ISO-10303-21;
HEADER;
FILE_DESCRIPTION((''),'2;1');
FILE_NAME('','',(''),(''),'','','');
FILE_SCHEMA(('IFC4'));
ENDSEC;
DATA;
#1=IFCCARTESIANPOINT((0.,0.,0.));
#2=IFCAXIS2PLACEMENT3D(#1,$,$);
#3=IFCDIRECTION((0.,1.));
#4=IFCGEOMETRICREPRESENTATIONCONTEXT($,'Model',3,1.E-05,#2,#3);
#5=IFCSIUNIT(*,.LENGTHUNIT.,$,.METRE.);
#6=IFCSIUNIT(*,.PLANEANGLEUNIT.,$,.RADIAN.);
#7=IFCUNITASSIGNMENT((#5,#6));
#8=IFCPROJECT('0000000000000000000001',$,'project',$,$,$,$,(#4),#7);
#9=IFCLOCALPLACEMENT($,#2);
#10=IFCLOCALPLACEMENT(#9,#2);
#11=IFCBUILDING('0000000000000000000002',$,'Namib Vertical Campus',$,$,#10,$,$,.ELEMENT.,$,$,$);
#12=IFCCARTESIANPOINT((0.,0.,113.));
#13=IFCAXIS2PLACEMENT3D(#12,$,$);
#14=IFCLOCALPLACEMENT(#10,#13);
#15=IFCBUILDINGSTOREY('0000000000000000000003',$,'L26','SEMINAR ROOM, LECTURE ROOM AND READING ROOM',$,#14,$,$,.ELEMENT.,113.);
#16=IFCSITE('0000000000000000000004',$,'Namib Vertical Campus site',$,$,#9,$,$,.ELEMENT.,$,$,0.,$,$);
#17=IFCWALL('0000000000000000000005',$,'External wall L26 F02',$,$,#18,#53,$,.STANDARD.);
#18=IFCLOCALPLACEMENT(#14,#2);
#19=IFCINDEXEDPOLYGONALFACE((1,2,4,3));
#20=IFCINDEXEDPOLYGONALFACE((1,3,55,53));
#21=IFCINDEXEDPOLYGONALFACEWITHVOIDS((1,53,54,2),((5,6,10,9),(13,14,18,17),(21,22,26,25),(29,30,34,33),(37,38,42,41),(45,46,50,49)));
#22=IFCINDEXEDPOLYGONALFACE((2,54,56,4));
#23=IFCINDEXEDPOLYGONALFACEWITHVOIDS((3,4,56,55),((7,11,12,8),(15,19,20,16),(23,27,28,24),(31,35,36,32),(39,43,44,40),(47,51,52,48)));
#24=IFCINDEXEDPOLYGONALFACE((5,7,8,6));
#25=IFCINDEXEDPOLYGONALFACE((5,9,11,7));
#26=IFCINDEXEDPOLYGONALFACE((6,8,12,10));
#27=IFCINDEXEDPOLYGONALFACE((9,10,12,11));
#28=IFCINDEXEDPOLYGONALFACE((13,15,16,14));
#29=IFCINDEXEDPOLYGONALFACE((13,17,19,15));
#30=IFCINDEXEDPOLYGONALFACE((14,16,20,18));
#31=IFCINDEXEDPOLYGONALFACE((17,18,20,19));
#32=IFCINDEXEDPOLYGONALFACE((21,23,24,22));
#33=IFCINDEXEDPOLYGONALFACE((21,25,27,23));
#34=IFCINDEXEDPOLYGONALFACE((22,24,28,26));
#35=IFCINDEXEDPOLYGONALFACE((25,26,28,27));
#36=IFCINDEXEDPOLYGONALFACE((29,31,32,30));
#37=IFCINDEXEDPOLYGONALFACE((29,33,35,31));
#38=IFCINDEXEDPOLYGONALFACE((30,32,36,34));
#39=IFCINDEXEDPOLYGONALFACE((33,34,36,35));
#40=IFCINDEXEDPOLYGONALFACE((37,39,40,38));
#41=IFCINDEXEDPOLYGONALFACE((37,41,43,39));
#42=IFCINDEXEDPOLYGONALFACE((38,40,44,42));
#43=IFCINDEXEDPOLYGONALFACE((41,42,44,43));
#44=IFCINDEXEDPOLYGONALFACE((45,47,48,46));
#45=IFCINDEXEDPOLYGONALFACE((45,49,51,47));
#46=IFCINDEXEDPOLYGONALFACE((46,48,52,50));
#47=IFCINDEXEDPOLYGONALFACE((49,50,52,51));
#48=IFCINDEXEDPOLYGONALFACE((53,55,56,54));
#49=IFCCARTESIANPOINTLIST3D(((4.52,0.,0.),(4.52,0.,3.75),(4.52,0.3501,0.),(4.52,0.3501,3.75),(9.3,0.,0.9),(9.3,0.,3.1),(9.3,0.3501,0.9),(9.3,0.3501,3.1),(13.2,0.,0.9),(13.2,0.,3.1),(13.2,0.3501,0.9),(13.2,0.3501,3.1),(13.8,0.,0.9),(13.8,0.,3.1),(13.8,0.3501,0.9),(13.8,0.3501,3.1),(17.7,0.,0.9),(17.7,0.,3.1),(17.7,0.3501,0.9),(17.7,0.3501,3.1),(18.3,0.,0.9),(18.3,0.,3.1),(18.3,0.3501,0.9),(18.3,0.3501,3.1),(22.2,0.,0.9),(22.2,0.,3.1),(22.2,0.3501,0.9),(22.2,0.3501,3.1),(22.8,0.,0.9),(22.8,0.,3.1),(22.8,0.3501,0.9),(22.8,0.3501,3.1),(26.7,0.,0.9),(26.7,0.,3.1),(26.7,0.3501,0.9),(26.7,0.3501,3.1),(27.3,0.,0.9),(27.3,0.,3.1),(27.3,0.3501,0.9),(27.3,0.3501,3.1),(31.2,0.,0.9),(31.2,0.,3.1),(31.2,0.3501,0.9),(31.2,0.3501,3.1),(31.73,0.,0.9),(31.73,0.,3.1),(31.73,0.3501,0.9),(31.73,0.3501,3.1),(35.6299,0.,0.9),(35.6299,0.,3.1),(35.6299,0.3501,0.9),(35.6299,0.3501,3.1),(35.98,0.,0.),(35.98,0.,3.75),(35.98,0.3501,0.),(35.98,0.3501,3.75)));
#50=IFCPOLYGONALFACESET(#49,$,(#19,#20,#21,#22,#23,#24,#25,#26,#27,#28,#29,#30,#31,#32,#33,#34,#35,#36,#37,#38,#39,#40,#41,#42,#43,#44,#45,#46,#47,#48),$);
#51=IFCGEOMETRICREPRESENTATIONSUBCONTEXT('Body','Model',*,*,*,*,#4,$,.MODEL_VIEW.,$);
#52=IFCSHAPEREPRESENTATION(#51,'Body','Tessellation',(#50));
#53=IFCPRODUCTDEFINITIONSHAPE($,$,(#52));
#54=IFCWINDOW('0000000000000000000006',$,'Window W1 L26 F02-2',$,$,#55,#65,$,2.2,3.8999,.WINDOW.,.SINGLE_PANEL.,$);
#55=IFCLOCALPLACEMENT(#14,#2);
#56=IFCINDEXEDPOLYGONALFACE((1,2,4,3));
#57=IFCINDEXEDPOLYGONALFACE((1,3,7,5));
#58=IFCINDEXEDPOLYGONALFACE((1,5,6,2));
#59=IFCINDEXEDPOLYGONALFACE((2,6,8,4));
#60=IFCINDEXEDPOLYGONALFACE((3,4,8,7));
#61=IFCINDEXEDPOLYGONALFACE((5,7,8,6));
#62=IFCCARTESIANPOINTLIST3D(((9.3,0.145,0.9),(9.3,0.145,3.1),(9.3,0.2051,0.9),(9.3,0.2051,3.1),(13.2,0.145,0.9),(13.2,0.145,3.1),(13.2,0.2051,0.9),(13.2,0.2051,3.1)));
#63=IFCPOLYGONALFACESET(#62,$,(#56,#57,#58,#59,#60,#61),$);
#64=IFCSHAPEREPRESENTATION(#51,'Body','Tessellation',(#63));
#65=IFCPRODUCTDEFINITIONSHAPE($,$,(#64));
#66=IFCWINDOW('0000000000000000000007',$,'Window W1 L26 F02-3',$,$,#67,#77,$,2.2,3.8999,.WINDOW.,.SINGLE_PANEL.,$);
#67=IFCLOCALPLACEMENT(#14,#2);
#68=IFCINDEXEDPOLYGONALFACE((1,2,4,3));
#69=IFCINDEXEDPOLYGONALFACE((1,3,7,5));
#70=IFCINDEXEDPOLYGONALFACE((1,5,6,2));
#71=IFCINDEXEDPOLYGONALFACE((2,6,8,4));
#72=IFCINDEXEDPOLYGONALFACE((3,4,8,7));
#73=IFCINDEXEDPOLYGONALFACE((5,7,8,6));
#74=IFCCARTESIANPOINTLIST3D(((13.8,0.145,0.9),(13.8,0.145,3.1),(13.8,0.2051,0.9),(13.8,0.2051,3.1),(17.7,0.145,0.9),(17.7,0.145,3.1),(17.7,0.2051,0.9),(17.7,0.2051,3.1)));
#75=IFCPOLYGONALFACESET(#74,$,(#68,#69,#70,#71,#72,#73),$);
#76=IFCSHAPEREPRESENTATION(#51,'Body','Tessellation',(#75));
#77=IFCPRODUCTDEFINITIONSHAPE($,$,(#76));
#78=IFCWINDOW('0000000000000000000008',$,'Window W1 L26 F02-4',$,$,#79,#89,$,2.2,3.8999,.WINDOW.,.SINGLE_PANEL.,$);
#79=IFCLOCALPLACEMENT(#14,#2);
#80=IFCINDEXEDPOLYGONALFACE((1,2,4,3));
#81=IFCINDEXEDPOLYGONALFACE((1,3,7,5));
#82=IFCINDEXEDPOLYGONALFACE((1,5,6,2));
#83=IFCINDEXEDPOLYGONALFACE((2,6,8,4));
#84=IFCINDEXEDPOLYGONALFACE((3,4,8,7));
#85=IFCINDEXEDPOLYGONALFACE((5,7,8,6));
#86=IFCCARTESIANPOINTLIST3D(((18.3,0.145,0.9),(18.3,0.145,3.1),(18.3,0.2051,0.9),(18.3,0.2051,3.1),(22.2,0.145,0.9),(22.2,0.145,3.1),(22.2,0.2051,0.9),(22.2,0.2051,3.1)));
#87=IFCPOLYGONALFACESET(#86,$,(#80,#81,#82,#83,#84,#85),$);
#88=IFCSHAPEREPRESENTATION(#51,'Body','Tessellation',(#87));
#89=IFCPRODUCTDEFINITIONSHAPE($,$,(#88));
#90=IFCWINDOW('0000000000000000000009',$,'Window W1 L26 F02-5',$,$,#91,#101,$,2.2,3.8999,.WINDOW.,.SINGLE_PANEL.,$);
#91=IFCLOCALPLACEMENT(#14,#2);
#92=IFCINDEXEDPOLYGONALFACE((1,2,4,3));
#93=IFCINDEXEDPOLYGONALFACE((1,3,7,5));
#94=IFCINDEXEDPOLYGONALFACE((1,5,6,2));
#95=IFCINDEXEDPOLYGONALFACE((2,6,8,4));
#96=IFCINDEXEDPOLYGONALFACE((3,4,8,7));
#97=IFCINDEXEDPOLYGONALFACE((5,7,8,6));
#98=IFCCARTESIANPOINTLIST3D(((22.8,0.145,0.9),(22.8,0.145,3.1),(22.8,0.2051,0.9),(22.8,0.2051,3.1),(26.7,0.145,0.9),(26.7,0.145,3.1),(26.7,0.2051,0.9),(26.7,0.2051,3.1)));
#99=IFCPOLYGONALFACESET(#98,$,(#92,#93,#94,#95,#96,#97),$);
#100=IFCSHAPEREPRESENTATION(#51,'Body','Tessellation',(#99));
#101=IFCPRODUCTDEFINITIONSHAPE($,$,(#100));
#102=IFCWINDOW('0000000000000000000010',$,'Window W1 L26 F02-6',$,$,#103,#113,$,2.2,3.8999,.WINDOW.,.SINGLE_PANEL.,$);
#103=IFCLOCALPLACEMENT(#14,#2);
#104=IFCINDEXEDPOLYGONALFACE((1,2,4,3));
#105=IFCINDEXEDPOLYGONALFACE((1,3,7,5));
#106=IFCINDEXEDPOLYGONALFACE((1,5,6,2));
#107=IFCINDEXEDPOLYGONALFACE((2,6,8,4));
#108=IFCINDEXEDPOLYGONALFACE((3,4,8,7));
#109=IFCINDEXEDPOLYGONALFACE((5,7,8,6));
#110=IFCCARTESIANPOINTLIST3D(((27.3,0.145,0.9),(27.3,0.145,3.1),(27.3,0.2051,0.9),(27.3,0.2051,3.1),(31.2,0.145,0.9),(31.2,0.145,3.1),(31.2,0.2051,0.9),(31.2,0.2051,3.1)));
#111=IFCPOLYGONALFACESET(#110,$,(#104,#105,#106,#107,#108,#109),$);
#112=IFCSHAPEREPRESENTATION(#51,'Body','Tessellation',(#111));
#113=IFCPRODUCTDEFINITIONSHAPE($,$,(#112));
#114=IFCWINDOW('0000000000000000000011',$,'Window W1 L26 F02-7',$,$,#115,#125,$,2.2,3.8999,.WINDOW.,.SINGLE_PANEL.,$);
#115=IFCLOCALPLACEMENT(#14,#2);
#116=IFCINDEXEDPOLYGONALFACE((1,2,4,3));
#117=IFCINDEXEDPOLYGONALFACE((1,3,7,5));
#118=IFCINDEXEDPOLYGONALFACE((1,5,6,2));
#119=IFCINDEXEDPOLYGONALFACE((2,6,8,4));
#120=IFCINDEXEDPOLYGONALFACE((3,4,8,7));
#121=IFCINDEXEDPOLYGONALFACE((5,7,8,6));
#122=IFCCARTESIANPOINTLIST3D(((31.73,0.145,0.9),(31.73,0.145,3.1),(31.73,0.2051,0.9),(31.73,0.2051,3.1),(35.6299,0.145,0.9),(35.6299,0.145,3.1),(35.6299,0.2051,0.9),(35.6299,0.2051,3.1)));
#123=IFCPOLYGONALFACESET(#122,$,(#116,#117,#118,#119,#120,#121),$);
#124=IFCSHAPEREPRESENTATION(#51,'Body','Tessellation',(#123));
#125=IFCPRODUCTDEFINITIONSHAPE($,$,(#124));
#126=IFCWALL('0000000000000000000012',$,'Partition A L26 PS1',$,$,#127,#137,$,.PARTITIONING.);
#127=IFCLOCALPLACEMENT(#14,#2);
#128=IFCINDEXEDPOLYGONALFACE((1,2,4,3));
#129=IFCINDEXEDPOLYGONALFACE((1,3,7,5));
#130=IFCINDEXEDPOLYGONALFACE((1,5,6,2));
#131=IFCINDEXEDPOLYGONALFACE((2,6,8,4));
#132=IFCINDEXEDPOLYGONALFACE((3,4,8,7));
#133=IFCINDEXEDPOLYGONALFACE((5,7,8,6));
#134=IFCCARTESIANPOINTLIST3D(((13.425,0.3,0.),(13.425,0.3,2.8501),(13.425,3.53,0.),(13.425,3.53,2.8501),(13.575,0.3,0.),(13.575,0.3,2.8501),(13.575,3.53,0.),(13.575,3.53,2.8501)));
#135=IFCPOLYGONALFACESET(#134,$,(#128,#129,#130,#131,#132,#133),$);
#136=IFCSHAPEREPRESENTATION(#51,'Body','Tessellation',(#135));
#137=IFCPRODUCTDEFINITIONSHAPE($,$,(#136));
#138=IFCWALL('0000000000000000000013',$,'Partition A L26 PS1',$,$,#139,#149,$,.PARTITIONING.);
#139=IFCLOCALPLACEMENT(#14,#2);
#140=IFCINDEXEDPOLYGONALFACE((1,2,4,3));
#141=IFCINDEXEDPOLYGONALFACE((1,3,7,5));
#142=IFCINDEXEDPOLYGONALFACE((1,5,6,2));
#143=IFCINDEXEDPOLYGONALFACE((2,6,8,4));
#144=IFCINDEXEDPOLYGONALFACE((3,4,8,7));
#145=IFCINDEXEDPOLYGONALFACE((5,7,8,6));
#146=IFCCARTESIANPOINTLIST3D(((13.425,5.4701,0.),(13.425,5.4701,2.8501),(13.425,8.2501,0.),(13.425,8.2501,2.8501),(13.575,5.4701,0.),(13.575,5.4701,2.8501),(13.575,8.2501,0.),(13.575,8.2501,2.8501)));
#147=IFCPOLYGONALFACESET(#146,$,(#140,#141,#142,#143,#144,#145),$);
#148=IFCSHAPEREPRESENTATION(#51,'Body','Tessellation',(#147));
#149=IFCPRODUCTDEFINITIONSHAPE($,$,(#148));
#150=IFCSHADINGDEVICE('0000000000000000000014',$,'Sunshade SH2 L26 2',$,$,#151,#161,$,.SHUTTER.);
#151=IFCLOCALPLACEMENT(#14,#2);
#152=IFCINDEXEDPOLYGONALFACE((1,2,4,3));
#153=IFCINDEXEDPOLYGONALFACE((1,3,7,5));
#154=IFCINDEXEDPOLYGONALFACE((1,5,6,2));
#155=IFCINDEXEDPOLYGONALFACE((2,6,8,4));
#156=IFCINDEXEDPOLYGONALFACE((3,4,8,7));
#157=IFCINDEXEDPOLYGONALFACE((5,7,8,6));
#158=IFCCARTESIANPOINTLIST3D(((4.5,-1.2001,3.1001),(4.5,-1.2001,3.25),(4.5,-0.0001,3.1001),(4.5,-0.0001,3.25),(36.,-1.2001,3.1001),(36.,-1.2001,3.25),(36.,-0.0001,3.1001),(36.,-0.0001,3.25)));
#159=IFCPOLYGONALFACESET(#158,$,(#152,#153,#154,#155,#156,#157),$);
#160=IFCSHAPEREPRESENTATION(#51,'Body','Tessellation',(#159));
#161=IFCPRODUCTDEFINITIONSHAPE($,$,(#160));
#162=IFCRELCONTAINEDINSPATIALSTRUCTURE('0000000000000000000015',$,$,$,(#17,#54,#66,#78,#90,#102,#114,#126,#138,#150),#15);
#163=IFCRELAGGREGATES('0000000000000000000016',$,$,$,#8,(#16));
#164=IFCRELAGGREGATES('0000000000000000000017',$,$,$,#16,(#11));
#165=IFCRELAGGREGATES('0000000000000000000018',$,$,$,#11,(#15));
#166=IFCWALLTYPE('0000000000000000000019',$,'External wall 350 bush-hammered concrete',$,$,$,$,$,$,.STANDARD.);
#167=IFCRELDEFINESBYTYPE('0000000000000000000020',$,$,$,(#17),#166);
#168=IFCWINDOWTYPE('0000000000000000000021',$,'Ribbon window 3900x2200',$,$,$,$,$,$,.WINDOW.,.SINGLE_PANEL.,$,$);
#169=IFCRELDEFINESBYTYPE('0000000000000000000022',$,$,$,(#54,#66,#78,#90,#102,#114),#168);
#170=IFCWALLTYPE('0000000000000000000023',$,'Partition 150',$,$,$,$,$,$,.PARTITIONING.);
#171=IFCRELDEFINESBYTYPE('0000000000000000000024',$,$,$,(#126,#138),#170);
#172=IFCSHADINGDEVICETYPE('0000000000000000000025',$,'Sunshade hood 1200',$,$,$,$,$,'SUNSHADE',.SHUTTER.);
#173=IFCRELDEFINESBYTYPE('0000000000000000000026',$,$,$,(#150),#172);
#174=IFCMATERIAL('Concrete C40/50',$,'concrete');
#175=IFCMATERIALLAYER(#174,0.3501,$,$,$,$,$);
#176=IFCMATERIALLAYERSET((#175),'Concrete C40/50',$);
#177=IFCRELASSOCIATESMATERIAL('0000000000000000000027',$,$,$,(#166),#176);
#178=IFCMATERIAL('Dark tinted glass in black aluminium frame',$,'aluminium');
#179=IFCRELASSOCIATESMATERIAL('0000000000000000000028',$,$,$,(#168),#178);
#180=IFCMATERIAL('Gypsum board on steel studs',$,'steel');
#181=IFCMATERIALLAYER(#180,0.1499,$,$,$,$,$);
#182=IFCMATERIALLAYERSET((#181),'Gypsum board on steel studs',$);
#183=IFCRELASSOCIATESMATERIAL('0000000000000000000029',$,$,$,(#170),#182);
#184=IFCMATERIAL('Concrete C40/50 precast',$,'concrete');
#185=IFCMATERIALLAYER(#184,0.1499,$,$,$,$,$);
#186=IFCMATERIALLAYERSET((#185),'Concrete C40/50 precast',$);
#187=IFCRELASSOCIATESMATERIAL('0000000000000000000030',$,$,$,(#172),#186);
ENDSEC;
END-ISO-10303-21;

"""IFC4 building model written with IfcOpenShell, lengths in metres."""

from ifc_helpers import new_model, si_unit, direction, frame, frame_2d, origin, origin_2d, place, context, subcontext, project, spatial, rectangle, extrude, material, layer, layer_set, type_object, element, fill, save


model = new_model("IFC4")

# Units and contexts
model_context = context("Model", 3, precision=1e-05, world=origin(), true_north=direction((0.0, 1.0)))
body_context = subcontext(model_context, "Body", "Model", "MODEL_VIEW")
ifc_project = project(units=[si_unit("LENGTHUNIT", "METRE"), si_unit("PLANEANGLEUNIT", "RADIAN")], contexts=[model_context])

# Site, building, storey
site_placement = place(None, origin())
site = spatial("IfcSite", under=ifc_project, at=site_placement, Name="Namib Vertical Campus site", CompositionType="ELEMENT", RefElevation=0.0)
building_placement = place(site_placement, origin())
building = spatial("IfcBuilding", under=site, at=building_placement, Name="Namib Vertical Campus", CompositionType="ELEMENT")
storey_placement = place(building_placement, frame((0.0, 0.0, 113.0)))
storey = spatial("IfcBuildingStorey", under=building, at=storey_placement, Name="L26", Description="SEMINAR ROOM, LECTURE ROOM AND READING ROOM", CompositionType="ELEMENT", Elevation=113.0)

# Shared definitions
ifc_material_1 = material(Name="Concrete C40/50", Category="concrete")
ifc_layer_1 = layer(ifc_material_1, 0.3501)
ifc_layer_set_1 = layer_set([ifc_layer_1], Name="Concrete C40/50")
wall_type_1 = type_object("IfcWallType", Name="External wall 350 bush-hammered concrete", PredefinedType="STANDARD", material=ifc_layer_set_1)

# Wall, openings, windows
wall_1_placement = place(storey_placement, frame((4.52, 0.175, 0.0), z_axis=(0.0, 0.0, 1.0), x_axis=(1.0, 0.0, 0.0)))
wall_1 = element("IfcWall", 1, at=wall_1_placement, inside=storey, type_object=wall_type_1, Name="External wall L26 F02", PredefinedType="STANDARD", context=body_context, shape_type="SweptSolid", body=[
    extrude(rectangle(XDim=31.46, YDim=0.3501, at=frame_2d((15.73, 0.0))), origin(), (0.0, 0.0, 1.0), 3.75),
])
opening_1_placement = place(wall_1_placement, frame((4.78, 0.0, 0.8999)))
opening_1 = element("IfcOpeningElement", 2, at=opening_1_placement, cuts=wall_1, PredefinedType="OPENING", context=body_context, shape_type="SweptSolid", body=[
    extrude(rectangle(XDim=3.8999, YDim=2.2, at=frame_2d((1.95, 1.1001))), frame((0.0, 0.1851, 0.0), z_axis=(0.0, -1.0, 0.0), x_axis=(1.0, 0.0, 0.0)), (0.0, 0.0, 1.0), 0.3701),
])
opening_2_placement = place(wall_1_placement, frame((9.28, 0.0, 0.8999)))
opening_2 = element("IfcOpeningElement", 3, at=opening_2_placement, cuts=wall_1, PredefinedType="OPENING", context=body_context, shape_type="SweptSolid", body=[
    extrude(rectangle(XDim=3.8999, YDim=2.2, at=frame_2d((1.95, 1.1001))), frame((0.0, 0.1851, 0.0), z_axis=(0.0, -1.0, 0.0), x_axis=(1.0, 0.0, 0.0)), (0.0, 0.0, 1.0), 0.3701),
])
opening_3_placement = place(wall_1_placement, frame((13.78, 0.0, 0.8999)))
opening_3 = element("IfcOpeningElement", 4, at=opening_3_placement, cuts=wall_1, PredefinedType="OPENING", context=body_context, shape_type="SweptSolid", body=[
    extrude(rectangle(XDim=3.8999, YDim=2.2, at=frame_2d((1.95, 1.1001))), frame((0.0, 0.1851, 0.0), z_axis=(0.0, -1.0, 0.0), x_axis=(1.0, 0.0, 0.0)), (0.0, 0.0, 1.0), 0.3701),
])
opening_4_placement = place(wall_1_placement, frame((18.28, 0.0, 0.8999)))
opening_4 = element("IfcOpeningElement", 5, at=opening_4_placement, cuts=wall_1, PredefinedType="OPENING", context=body_context, shape_type="SweptSolid", body=[
    extrude(rectangle(XDim=3.8999, YDim=2.2, at=frame_2d((1.95, 1.1001))), frame((0.0, 0.1851, 0.0), z_axis=(0.0, -1.0, 0.0), x_axis=(1.0, 0.0, 0.0)), (0.0, 0.0, 1.0), 0.3701),
])
opening_5_placement = place(wall_1_placement, frame((22.78, 0.0, 0.8999)))
opening_5 = element("IfcOpeningElement", 6, at=opening_5_placement, cuts=wall_1, PredefinedType="OPENING", context=body_context, shape_type="SweptSolid", body=[
    extrude(rectangle(XDim=3.8999, YDim=2.2, at=frame_2d((1.95, 1.1001))), frame((0.0, 0.1851, 0.0), z_axis=(0.0, -1.0, 0.0), x_axis=(1.0, 0.0, 0.0)), (0.0, 0.0, 1.0), 0.3701),
])
opening_6_placement = place(wall_1_placement, frame((27.21, 0.0, 0.8999)))
opening_6 = element("IfcOpeningElement", 7, at=opening_6_placement, cuts=wall_1, PredefinedType="OPENING", context=body_context, shape_type="SweptSolid", body=[
    extrude(rectangle(XDim=3.8999, YDim=2.2, at=frame_2d((1.95, 1.1001))), frame((0.0, 0.1851, 0.0), z_axis=(0.0, -1.0, 0.0), x_axis=(1.0, 0.0, 0.0)), (0.0, 0.0, 1.0), 0.3701),
])
ifc_material_2 = material(Name="Dark tinted glass in black aluminium frame", Category="aluminium")
window_type = type_object("IfcWindowType", Name="Ribbon window 3900x2200", PartitioningType="SINGLE_PANEL", PredefinedType="WINDOW", material=ifc_material_2)
window_1_placement = place(opening_1_placement, origin())
window_1 = element("IfcWindow", 8, at=window_1_placement, inside=storey, type_object=window_type, Name="Window W1 L26 F02-2", OverallHeight=2.2, OverallWidth=3.8999, PartitioningType="SINGLE_PANEL", PredefinedType="WINDOW", context=body_context, shape_type="SweptSolid", body=[
    extrude(rectangle(XDim=3.8999, YDim=2.2, at=frame_2d((1.95, 1.1001))), frame((0.0, 0.03, 0.0), z_axis=(0.0, -1.0, 0.0), x_axis=(1.0, 0.0, 0.0)), (0.0, 0.0, 1.0), 0.0601),
])
fill(opening_1, window_1)
window_2_placement = place(opening_2_placement, origin())
window_2 = element("IfcWindow", 9, at=window_2_placement, inside=storey, type_object=window_type, Name="Window W1 L26 F02-3", OverallHeight=2.2, OverallWidth=3.8999, PartitioningType="SINGLE_PANEL", PredefinedType="WINDOW", context=body_context, shape_type="SweptSolid", body=[
    extrude(rectangle(XDim=3.8999, YDim=2.2, at=frame_2d((1.95, 1.1001))), frame((0.0, 0.03, 0.0), z_axis=(0.0, -1.0, 0.0), x_axis=(1.0, 0.0, 0.0)), (0.0, 0.0, 1.0), 0.0601),
])
fill(opening_2, window_2)
window_3_placement = place(opening_3_placement, origin())
window_3 = element("IfcWindow", 10, at=window_3_placement, inside=storey, type_object=window_type, Name="Window W1 L26 F02-4", OverallHeight=2.2, OverallWidth=3.8999, PartitioningType="SINGLE_PANEL", PredefinedType="WINDOW", context=body_context, shape_type="SweptSolid", body=[
    extrude(rectangle(XDim=3.8999, YDim=2.2, at=frame_2d((1.95, 1.1001))), frame((0.0, 0.03, 0.0), z_axis=(0.0, -1.0, 0.0), x_axis=(1.0, 0.0, 0.0)), (0.0, 0.0, 1.0), 0.0601),
])
fill(opening_3, window_3)
window_4_placement = place(opening_4_placement, origin())
window_4 = element("IfcWindow", 11, at=window_4_placement, inside=storey, type_object=window_type, Name="Window W1 L26 F02-5", OverallHeight=2.2, OverallWidth=3.8999, PartitioningType="SINGLE_PANEL", PredefinedType="WINDOW", context=body_context, shape_type="SweptSolid", body=[
    extrude(rectangle(XDim=3.8999, YDim=2.2, at=frame_2d((1.95, 1.1001))), frame((0.0, 0.03, 0.0), z_axis=(0.0, -1.0, 0.0), x_axis=(1.0, 0.0, 0.0)), (0.0, 0.0, 1.0), 0.0601),
])
fill(opening_4, window_4)
window_5_placement = place(opening_5_placement, origin())
window_5 = element("IfcWindow", 12, at=window_5_placement, inside=storey, type_object=window_type, Name="Window W1 L26 F02-6", OverallHeight=2.2, OverallWidth=3.8999, PartitioningType="SINGLE_PANEL", PredefinedType="WINDOW", context=body_context, shape_type="SweptSolid", body=[
    extrude(rectangle(XDim=3.8999, YDim=2.2, at=frame_2d((1.95, 1.1001))), frame((0.0, 0.03, 0.0), z_axis=(0.0, -1.0, 0.0), x_axis=(1.0, 0.0, 0.0)), (0.0, 0.0, 1.0), 0.0601),
])
fill(opening_5, window_5)
window_6_placement = place(opening_6_placement, origin())
window_6 = element("IfcWindow", 13, at=window_6_placement, inside=storey, type_object=window_type, Name="Window W1 L26 F02-7", OverallHeight=2.2, OverallWidth=3.8999, PartitioningType="SINGLE_PANEL", PredefinedType="WINDOW", context=body_context, shape_type="SweptSolid", body=[
    extrude(rectangle(XDim=3.8999, YDim=2.2, at=frame_2d((1.95, 1.1001))), frame((0.0, 0.03, 0.0), z_axis=(0.0, -1.0, 0.0), x_axis=(1.0, 0.0, 0.0)), (0.0, 0.0, 1.0), 0.0601),
])
fill(opening_6, window_6)

# Walls
ifc_material_3 = material(Name="Gypsum board on steel studs", Category="steel")
ifc_layer_2 = layer(ifc_material_3, 0.1499)
ifc_layer_set_2 = layer_set([ifc_layer_2], Name="Gypsum board on steel studs")
wall_type_2 = type_object("IfcWallType", Name="Partition 150", PredefinedType="PARTITIONING", material=ifc_layer_set_2)
wall_2_placement = place(storey_placement, frame((13.5, 0.3, 0.0), z_axis=(0.0, 0.0, 1.0), x_axis=(0.0, 1.0, 0.0)))
element("IfcWall", 14, at=wall_2_placement, inside=storey, type_object=wall_type_2, Name="Partition A L26 PS1", PredefinedType="PARTITIONING", context=body_context, shape_type="SweptSolid", body=[
    extrude(rectangle(XDim=3.23, YDim=0.1499, at=frame_2d((1.615, 0.0))), origin(), (0.0, 0.0, 1.0), 2.8501),
])
wall_3_placement = place(storey_placement, frame((13.5, 5.47, 0.0), z_axis=(0.0, 0.0, 1.0), x_axis=(0.0, 1.0, 0.0)))
element("IfcWall", 15, at=wall_3_placement, inside=storey, type_object=wall_type_2, Name="Partition A L26 PS1", PredefinedType="PARTITIONING", context=body_context, shape_type="SweptSolid", body=[
    extrude(rectangle(XDim=2.78, YDim=0.1499, at=frame_2d((1.3901, 0.0))), origin(), (0.0, 0.0, 1.0), 2.8501),
])

# Shading device
ifc_material_4 = material(Name="Concrete C40/50 precast", Category="concrete")
ifc_layer_3 = layer(ifc_material_4, 0.1499)
ifc_layer_set_3 = layer_set([ifc_layer_3], Name="Concrete C40/50 precast")
shading_device_type = type_object("IfcShadingDeviceType", Name="Sunshade hood 1200", ElementType="SUNSHADE", PredefinedType="SHUTTER", material=ifc_layer_set_3)
shading_device_placement = place(storey_placement, frame((20.25, -0.6001, 3.1001), z_axis=(0.0, 0.0, 1.0), x_axis=(1.0, 0.0, 0.0)))
element("IfcShadingDevice", 16, at=shading_device_placement, inside=storey, type_object=shading_device_type, Name="Sunshade SH2 L26 2", PredefinedType="SHUTTER", context=body_context, shape_type="SweptSolid", body=[
    extrude(rectangle(XDim=31.5, YDim=1.2, at=origin_2d()), origin(), (0.0, 0.0, 1.0), 0.1499),
])

save(model, "model.ifc")
